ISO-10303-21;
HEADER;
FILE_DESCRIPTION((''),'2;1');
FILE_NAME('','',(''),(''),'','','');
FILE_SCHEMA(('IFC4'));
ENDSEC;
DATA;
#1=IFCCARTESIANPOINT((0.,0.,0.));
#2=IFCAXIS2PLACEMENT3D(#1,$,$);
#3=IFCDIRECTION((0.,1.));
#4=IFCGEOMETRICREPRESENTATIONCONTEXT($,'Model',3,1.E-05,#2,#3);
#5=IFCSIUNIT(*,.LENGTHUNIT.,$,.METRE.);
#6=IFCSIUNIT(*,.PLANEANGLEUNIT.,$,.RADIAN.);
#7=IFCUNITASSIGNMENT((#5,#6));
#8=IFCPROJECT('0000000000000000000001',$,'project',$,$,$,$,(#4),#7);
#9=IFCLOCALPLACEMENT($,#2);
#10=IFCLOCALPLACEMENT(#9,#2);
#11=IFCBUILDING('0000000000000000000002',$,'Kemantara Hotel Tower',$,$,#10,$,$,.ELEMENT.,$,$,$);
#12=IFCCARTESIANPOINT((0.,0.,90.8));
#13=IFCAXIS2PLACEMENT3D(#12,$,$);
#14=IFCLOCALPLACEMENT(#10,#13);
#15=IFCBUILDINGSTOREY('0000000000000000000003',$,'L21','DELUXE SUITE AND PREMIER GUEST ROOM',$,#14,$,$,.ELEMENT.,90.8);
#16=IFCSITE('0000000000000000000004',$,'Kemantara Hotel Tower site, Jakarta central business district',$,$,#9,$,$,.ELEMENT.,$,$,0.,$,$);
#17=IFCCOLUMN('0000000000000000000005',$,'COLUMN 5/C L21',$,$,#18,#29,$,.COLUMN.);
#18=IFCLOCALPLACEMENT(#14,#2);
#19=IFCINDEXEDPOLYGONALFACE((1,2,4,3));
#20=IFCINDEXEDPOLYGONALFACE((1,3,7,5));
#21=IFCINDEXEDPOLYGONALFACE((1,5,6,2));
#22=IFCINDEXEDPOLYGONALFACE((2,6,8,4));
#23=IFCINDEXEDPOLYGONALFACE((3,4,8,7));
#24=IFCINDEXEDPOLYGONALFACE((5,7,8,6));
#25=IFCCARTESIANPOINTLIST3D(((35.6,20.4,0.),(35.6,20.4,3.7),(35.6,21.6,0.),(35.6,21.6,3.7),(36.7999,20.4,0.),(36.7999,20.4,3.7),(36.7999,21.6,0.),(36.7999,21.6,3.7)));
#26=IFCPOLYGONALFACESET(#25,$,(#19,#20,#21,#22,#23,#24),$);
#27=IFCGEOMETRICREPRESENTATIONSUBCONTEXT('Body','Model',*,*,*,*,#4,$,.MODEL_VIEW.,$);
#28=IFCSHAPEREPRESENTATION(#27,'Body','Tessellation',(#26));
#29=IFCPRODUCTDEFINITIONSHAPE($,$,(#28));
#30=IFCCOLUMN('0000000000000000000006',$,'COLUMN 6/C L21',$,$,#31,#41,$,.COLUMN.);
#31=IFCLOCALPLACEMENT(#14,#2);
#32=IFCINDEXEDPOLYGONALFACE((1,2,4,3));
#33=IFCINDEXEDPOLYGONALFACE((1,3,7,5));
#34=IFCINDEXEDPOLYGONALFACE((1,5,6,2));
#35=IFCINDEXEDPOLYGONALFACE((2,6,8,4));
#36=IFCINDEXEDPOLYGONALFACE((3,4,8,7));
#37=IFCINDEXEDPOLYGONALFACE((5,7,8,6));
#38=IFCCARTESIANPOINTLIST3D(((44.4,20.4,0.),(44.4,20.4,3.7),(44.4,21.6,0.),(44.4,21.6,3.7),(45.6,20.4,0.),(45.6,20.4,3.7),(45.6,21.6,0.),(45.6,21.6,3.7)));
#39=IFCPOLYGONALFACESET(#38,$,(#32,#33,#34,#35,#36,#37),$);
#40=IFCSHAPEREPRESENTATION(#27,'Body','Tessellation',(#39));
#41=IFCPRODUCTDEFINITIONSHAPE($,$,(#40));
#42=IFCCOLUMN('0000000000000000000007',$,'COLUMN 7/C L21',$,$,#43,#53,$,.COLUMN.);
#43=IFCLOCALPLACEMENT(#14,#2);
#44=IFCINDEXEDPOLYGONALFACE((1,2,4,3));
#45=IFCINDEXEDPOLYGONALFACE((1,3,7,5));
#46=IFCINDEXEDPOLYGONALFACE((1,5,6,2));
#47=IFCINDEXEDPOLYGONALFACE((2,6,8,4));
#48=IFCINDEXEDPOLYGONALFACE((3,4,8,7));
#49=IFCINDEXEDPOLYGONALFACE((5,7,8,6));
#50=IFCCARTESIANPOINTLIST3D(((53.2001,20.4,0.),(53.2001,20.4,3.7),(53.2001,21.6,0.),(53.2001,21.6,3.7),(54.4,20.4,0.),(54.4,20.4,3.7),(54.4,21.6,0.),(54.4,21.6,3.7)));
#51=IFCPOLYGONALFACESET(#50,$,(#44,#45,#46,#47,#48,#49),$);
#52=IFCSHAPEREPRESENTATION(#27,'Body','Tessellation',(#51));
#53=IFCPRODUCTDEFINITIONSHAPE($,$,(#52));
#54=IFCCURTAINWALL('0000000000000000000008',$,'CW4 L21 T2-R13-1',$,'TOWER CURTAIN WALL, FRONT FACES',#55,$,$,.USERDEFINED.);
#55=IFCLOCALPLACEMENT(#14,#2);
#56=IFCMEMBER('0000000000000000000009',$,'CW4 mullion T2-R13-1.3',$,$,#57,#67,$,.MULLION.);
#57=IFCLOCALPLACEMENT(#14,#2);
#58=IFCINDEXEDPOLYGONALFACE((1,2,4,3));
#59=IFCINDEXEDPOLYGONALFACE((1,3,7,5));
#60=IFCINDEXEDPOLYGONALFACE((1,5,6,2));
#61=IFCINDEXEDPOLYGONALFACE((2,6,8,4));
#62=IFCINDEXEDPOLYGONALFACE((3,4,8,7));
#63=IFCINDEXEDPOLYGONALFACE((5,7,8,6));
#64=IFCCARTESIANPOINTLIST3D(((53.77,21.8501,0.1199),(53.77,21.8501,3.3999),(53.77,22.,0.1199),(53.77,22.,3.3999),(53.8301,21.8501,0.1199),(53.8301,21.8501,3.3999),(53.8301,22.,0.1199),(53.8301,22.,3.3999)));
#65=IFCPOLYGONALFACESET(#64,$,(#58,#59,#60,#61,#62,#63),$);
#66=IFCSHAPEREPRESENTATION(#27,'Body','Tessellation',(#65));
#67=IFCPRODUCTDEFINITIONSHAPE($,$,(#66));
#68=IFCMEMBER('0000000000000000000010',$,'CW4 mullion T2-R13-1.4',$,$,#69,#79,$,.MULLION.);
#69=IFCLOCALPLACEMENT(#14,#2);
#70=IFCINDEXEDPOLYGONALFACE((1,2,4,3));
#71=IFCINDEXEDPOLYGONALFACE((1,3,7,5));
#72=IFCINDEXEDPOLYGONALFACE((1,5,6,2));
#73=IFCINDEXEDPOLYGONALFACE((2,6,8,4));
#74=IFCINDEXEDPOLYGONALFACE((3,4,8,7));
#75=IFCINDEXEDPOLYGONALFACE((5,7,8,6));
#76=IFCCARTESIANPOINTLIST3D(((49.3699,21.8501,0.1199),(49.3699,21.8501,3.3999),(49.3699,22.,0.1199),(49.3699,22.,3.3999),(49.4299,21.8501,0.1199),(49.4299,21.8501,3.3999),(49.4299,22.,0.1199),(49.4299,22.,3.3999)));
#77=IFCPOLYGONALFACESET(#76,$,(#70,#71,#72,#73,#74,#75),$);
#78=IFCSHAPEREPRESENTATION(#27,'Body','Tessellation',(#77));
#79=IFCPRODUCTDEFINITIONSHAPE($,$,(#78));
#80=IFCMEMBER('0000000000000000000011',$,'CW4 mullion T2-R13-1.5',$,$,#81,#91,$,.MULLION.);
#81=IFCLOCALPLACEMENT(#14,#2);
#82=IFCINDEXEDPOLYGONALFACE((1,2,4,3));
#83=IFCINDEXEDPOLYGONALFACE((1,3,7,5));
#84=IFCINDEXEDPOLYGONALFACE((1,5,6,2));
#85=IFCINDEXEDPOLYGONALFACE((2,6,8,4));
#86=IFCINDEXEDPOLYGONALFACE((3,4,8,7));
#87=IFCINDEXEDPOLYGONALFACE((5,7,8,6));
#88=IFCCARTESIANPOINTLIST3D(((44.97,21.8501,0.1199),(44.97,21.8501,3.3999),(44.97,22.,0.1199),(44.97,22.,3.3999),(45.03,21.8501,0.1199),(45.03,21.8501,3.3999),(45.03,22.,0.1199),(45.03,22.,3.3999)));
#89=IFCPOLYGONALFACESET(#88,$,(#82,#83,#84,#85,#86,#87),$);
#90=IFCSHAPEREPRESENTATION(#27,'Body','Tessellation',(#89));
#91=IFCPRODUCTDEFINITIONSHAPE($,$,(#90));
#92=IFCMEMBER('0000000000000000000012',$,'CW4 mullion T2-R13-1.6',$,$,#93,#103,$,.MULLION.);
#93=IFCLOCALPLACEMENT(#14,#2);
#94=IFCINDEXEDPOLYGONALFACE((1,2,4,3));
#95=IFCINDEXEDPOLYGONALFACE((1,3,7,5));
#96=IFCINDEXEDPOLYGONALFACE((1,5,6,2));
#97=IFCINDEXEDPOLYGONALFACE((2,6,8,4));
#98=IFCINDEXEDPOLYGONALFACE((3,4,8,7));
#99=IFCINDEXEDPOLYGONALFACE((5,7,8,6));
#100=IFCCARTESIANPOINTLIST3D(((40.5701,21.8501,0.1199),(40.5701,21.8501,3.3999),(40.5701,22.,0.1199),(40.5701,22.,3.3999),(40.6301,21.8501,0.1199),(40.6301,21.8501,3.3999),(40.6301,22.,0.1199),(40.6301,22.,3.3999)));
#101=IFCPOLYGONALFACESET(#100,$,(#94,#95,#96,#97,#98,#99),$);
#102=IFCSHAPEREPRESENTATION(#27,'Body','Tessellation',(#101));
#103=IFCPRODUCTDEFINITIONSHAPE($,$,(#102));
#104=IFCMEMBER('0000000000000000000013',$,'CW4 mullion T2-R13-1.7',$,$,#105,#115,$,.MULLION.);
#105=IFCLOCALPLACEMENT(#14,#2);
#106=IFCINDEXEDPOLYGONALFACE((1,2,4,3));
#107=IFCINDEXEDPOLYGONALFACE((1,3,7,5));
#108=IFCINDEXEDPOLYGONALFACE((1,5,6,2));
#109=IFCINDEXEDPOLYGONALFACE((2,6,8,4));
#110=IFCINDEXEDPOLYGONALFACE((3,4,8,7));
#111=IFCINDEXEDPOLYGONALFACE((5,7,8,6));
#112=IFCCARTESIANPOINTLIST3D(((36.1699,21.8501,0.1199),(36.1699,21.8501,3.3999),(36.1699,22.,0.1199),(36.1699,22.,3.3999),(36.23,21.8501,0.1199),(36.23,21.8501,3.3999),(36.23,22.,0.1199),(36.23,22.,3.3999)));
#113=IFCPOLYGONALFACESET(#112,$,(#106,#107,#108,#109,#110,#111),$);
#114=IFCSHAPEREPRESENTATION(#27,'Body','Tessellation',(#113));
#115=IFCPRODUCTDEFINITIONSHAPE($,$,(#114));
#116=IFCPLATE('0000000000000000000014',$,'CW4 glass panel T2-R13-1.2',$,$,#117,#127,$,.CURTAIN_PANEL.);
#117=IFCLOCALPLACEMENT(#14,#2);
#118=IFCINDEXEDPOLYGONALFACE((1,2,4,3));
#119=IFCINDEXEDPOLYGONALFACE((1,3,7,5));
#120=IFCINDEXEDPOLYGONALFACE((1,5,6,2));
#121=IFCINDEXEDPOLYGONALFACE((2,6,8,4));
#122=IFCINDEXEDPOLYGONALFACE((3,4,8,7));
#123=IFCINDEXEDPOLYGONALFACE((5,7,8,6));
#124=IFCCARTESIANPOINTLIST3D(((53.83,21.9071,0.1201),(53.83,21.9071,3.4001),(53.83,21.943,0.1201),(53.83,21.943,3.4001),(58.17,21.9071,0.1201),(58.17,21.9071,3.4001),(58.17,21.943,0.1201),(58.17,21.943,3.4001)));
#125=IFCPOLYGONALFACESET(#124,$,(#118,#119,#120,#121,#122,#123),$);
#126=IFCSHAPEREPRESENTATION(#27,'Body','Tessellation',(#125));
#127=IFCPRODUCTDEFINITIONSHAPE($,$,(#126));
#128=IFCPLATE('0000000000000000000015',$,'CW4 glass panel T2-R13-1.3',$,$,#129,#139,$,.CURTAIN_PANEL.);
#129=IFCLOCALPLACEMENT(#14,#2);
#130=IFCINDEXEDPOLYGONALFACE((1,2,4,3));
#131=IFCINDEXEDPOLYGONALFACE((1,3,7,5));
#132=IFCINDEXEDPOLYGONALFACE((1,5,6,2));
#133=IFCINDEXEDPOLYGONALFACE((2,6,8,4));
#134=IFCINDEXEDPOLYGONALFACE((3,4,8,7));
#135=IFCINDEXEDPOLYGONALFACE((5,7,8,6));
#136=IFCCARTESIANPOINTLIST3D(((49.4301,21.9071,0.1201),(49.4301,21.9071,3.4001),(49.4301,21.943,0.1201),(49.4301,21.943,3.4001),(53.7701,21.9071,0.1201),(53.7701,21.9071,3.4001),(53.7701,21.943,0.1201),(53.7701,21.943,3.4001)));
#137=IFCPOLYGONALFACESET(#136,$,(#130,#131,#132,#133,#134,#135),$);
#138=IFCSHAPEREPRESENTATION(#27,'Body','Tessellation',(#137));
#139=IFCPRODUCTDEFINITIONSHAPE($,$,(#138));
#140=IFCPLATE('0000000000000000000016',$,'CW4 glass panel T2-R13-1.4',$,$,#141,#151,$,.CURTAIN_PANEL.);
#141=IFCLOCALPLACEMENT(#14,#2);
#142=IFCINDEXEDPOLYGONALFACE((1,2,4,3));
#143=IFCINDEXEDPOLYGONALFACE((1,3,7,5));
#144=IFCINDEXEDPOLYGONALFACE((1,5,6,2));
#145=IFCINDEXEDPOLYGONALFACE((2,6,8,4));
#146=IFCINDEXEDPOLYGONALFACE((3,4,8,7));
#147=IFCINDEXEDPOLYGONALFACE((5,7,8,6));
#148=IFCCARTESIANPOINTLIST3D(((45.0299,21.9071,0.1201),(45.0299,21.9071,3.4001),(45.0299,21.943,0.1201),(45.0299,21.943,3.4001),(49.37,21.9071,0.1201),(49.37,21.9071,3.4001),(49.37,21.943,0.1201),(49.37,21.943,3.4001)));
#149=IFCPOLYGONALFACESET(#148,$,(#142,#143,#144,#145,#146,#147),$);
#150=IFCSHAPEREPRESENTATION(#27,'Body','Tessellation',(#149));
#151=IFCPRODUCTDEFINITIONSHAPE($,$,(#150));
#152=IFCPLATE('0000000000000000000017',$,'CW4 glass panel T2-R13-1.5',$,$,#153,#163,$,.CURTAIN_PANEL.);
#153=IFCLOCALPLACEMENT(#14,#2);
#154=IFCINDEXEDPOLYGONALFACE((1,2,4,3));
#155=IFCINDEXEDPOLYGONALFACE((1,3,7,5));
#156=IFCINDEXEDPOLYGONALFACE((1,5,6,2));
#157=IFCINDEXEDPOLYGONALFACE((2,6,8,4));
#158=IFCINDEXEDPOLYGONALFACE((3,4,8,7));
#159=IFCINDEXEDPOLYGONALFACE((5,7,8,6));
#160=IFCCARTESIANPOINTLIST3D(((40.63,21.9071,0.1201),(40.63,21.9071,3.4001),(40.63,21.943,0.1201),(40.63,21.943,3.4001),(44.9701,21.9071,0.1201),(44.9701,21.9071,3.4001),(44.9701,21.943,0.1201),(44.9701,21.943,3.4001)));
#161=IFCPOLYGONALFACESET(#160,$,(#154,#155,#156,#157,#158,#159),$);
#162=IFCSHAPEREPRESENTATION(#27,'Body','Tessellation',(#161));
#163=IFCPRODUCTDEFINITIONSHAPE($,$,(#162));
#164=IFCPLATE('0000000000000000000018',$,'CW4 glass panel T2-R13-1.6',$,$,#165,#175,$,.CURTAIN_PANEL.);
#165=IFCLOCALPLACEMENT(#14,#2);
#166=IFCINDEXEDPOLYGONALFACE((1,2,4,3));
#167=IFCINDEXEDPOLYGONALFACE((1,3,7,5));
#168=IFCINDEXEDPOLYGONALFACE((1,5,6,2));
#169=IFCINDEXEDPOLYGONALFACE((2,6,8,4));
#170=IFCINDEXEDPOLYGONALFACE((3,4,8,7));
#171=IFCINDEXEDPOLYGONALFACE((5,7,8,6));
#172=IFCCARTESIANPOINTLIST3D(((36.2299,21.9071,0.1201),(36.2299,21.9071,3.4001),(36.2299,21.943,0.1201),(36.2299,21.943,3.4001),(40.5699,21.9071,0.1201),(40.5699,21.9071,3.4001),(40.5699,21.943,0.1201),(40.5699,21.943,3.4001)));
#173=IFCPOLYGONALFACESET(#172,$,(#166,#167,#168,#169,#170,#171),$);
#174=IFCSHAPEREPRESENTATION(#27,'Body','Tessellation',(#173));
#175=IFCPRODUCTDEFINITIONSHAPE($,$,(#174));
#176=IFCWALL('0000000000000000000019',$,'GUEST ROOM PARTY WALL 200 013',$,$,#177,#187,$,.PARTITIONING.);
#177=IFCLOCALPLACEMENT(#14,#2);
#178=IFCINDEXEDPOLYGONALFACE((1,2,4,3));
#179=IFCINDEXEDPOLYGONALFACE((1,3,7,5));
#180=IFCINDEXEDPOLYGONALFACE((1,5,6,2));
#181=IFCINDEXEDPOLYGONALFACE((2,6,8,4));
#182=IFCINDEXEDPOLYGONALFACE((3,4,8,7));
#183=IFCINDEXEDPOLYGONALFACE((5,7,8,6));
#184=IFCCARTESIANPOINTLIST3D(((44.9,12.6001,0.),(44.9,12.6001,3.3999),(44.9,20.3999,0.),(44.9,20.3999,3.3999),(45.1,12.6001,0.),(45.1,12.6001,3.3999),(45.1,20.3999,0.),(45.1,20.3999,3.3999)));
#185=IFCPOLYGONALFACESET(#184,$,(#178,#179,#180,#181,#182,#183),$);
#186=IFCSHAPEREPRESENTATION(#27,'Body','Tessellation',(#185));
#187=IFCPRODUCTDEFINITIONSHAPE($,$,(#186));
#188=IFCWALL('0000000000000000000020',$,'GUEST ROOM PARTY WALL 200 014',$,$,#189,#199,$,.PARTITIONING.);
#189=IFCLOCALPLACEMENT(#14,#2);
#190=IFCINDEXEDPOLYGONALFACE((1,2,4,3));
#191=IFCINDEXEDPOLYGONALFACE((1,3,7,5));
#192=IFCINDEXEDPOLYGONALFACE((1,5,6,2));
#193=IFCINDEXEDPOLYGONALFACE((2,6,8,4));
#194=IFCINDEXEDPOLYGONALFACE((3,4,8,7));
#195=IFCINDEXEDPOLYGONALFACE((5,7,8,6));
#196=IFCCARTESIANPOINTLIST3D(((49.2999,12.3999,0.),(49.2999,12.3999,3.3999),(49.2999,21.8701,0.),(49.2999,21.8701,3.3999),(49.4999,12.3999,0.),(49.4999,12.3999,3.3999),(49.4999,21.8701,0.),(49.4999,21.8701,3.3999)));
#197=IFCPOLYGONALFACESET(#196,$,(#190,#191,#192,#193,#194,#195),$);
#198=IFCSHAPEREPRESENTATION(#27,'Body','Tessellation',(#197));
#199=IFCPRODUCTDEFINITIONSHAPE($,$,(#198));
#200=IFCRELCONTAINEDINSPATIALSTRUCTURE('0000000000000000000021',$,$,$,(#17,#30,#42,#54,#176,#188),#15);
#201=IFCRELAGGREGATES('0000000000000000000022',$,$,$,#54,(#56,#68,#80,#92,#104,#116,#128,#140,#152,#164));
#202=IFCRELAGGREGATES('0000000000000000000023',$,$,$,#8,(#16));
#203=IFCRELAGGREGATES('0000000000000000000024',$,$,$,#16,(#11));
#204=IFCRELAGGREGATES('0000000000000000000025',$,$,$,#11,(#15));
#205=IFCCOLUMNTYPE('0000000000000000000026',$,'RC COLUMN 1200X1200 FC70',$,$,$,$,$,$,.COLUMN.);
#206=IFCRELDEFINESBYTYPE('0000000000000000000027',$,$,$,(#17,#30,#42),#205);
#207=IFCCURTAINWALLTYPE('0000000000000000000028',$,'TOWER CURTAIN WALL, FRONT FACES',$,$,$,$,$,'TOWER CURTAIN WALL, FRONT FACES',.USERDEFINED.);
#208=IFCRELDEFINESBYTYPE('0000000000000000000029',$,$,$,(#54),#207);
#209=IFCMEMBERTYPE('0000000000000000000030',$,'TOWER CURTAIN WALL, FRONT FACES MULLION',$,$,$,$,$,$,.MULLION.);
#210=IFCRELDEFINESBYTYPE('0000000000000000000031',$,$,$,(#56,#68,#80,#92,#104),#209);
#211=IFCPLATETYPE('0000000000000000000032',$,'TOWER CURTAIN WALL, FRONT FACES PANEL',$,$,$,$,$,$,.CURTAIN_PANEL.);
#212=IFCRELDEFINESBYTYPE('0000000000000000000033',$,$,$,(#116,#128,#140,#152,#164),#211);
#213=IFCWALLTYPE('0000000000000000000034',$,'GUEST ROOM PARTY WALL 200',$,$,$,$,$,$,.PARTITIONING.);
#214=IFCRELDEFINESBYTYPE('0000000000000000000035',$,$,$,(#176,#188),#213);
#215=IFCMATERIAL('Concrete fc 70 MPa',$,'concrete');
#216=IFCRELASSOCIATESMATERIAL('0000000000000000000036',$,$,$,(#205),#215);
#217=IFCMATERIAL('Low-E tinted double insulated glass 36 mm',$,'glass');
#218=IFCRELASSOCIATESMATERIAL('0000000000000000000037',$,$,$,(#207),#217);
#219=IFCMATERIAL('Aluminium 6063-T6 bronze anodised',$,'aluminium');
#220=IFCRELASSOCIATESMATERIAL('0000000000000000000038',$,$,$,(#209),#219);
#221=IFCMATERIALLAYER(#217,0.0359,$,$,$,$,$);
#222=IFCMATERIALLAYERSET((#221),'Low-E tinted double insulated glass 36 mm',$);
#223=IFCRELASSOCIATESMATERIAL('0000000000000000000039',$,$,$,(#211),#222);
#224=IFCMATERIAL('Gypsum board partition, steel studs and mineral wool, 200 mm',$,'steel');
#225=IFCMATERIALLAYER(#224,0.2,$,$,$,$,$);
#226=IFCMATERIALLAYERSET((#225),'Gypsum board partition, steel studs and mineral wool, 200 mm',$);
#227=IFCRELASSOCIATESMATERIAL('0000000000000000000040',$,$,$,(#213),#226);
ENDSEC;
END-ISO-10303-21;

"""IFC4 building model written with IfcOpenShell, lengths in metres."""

from ifc_helpers import new_model, si_unit, direction, frame, frame_2d, origin, origin_2d, place, context, subcontext, project, spatial, rectangle, extrude, source, transform, mapped, material, layer, layer_set, material_profile, profile_set, type_object, element, aggregate, save


model = new_model("IFC4")

# Units and contexts
model_context = context("Model", 3, precision=1e-05, world=origin(), true_north=direction((0.0, 1.0)))
body_context = subcontext(model_context, "Body", "Model", "MODEL_VIEW")
ifc_project = project(units=[si_unit("LENGTHUNIT", "METRE"), si_unit("PLANEANGLEUNIT", "RADIAN")], contexts=[model_context])

# Site, building, storey
site_placement = place(None, origin())
site = spatial("IfcSite", under=ifc_project, at=site_placement, Name="Kemantara Hotel Tower site, Jakarta central business district", CompositionType="ELEMENT", RefElevation=0.0)
building_placement = place(site_placement, origin())
building = spatial("IfcBuilding", under=site, at=building_placement, Name="Kemantara Hotel Tower", CompositionType="ELEMENT")
storey_placement = place(building_placement, frame((0.0, 0.0, 90.8)))
storey = spatial("IfcBuildingStorey", under=building, at=storey_placement, Name="L21", Description="DELUXE SUITE AND PREMIER GUEST ROOM", CompositionType="ELEMENT", Elevation=90.8)

# Columns
ifc_material_1 = material(Name="Concrete fc 70 MPa", Category="concrete")
ifc_material_profile_1 = material_profile(ifc_material_1, rectangle(XDim=1.2, YDim=1.2, at=origin_2d()), Name="RC 1200X1200")
ifc_profile_set_1 = profile_set([ifc_material_profile_1], Name="Concrete fc 70 MPa")
column_type = type_object("IfcColumnType", Name="RC COLUMN 1200X1200 FC70", PredefinedType="COLUMN", material=ifc_profile_set_1)
for number, where, z_axis, x_axis, name in (
    (1, (36.2, 21.0, 0.0), (0.0, 0.0, 1.0), (1.0, 0.0, 0.0), "COLUMN 5/C L21"),
    (2, (45.0, 21.0, 0.0), (0.0, 0.0, 1.0), (1.0, 0.0, 0.0), "COLUMN 6/C L21"),
    (3, (53.8, 21.0, 0.0), (0.0, 0.0, 1.0), (1.0, 0.0, 0.0), "COLUMN 7/C L21"),
):
    element("IfcColumn", number, at=place(storey_placement, frame(where, z_axis=z_axis, x_axis=x_axis)), inside=storey, type_object=column_type, Name=name, PredefinedType="COLUMN", context=body_context, shape_type="SweptSolid", body=[
        extrude(rectangle(XDim=1.2, YDim=1.2, at=origin_2d()), origin(), (0.0, 0.0, 1.0), 3.7),
    ])

# Curtain wall, members, plates
ifc_material_2 = material(Name="Low-E tinted double insulated glass 36 mm", Category="glass")
curtain_wall_type = type_object("IfcCurtainWallType", Name="TOWER CURTAIN WALL, FRONT FACES", ElementType="TOWER CURTAIN WALL, FRONT FACES", PredefinedType="USERDEFINED", material=ifc_material_2)
curtain_wall_placement = place(storey_placement, origin())
curtain_wall = element("IfcCurtainWall", 4, at=curtain_wall_placement, inside=storey, type_object=curtain_wall_type, Name="CW4 L21 T2-R13-1", ObjectType="TOWER CURTAIN WALL, FRONT FACES", PredefinedType="USERDEFINED")
ifc_material_3 = material(Name="Aluminium 6063-T6 bronze anodised", Category="aluminium")
ifc_material_profile_2 = material_profile(ifc_material_3, rectangle(XDim=0.1499, YDim=0.0601, at=origin_2d()), Name="TOWER CURTAIN WALL, FRONT FACES MULLION")
ifc_profile_set_2 = profile_set([ifc_material_profile_2], Name="Aluminium 6063-T6 bronze anodised")
member_type = type_object("IfcMemberType", Name="TOWER CURTAIN WALL, FRONT FACES MULLION", PredefinedType="MULLION", material=ifc_profile_set_2)
shared_shape_1 = source(origin(), body_context, "Body", "SweptSolid", [
    extrude(rectangle(XDim=0.1499, YDim=0.0601, at=origin_2d()), origin(), (0.0, 0.0, 1.0), 3.28),
])
member_1_placement = place(storey_placement, frame((53.8, 21.925, 0.1199), z_axis=(0.0, 0.0, 1.0), x_axis=(0.0, -1.0, 0.0)))
member_1 = element("IfcMember", 5, at=member_1_placement, type_object=member_type, Name="CW4 mullion T2-R13-1.3", PredefinedType="MULLION", context=body_context, shape_type="MappedRepresentation", body=[
    mapped(shared_shape_1, transform((0.0, 0.0, 0.0))),
])
member_2_placement = place(storey_placement, frame((49.3999, 21.925, 0.1199), z_axis=(0.0, 0.0, 1.0), x_axis=(0.0, -1.0, 0.0)))
member_2 = element("IfcMember", 6, at=member_2_placement, type_object=member_type, Name="CW4 mullion T2-R13-1.4", PredefinedType="MULLION", context=body_context, shape_type="MappedRepresentation", body=[
    mapped(shared_shape_1, transform((0.0, 0.0, 0.0))),
])
member_3_placement = place(storey_placement, frame((45.0, 21.925, 0.1199), z_axis=(0.0, 0.0, 1.0), x_axis=(0.0, -1.0, 0.0)))
member_3 = element("IfcMember", 7, at=member_3_placement, type_object=member_type, Name="CW4 mullion T2-R13-1.5", PredefinedType="MULLION", context=body_context, shape_type="MappedRepresentation", body=[
    mapped(shared_shape_1, transform((0.0, 0.0, 0.0))),
])
member_4_placement = place(storey_placement, frame((40.6001, 21.925, 0.1199), z_axis=(0.0, 0.0, 1.0), x_axis=(0.0, -1.0, 0.0)))
member_4 = element("IfcMember", 8, at=member_4_placement, type_object=member_type, Name="CW4 mullion T2-R13-1.6", PredefinedType="MULLION", context=body_context, shape_type="MappedRepresentation", body=[
    mapped(shared_shape_1, transform((0.0, 0.0, 0.0))),
])
member_5_placement = place(storey_placement, frame((36.2, 21.925, 0.1199), z_axis=(0.0, 0.0, 1.0), x_axis=(0.0, -1.0, 0.0)))
member_5 = element("IfcMember", 9, at=member_5_placement, type_object=member_type, Name="CW4 mullion T2-R13-1.7", PredefinedType="MULLION", context=body_context, shape_type="MappedRepresentation", body=[
    mapped(shared_shape_1, transform((0.0, 0.0, 0.0))),
])
ifc_layer_1 = layer(ifc_material_2, 0.0359)
ifc_layer_set_1 = layer_set([ifc_layer_1], Name="Low-E tinted double insulated glass 36 mm")
plate_type = type_object("IfcPlateType", Name="TOWER CURTAIN WALL, FRONT FACES PANEL", PredefinedType="CURTAIN_PANEL", material=ifc_layer_set_1)
shared_shape_2 = source(origin(), body_context, "Body", "SweptSolid", [
    extrude(rectangle(XDim=4.3401, YDim=0.0359, at=origin_2d()), origin(), (0.0, 0.0, 1.0), 3.28),
])
plate_1_placement = place(storey_placement, frame((56.0, 21.925, 0.1201), z_axis=(0.0, 0.0, 1.0), x_axis=(-1.0, 0.0, 0.0)))
plate_1 = element("IfcPlate", 10, at=plate_1_placement, type_object=plate_type, Name="CW4 glass panel T2-R13-1.2", PredefinedType="CURTAIN_PANEL", context=body_context, shape_type="MappedRepresentation", body=[
    mapped(shared_shape_2, transform((0.0, 0.0, 0.0))),
])
plate_2_placement = place(storey_placement, frame((51.6001, 21.925, 0.1201), z_axis=(0.0, 0.0, 1.0), x_axis=(-1.0, 0.0, 0.0)))
plate_2 = element("IfcPlate", 11, at=plate_2_placement, type_object=plate_type, Name="CW4 glass panel T2-R13-1.3", PredefinedType="CURTAIN_PANEL", context=body_context, shape_type="MappedRepresentation", body=[
    mapped(shared_shape_2, transform((0.0, 0.0, 0.0))),
])
plate_3_placement = place(storey_placement, frame((47.2, 21.925, 0.1201), z_axis=(0.0, 0.0, 1.0), x_axis=(-1.0, 0.0, 0.0)))
plate_3 = element("IfcPlate", 12, at=plate_3_placement, type_object=plate_type, Name="CW4 glass panel T2-R13-1.4", PredefinedType="CURTAIN_PANEL", context=body_context, shape_type="MappedRepresentation", body=[
    mapped(shared_shape_2, transform((0.0, 0.0, 0.0))),
])
plate_4_placement = place(storey_placement, frame((42.8, 21.925, 0.1201), z_axis=(0.0, 0.0, 1.0), x_axis=(-1.0, 0.0, 0.0)))
plate_4 = element("IfcPlate", 13, at=plate_4_placement, type_object=plate_type, Name="CW4 glass panel T2-R13-1.5", PredefinedType="CURTAIN_PANEL", context=body_context, shape_type="MappedRepresentation", body=[
    mapped(shared_shape_2, transform((0.0, 0.0, 0.0))),
])
plate_5_placement = place(storey_placement, frame((38.3999, 21.925, 0.1201), z_axis=(0.0, 0.0, 1.0), x_axis=(-1.0, 0.0, 0.0)))
plate_5 = element("IfcPlate", 14, at=plate_5_placement, type_object=plate_type, Name="CW4 glass panel T2-R13-1.6", PredefinedType="CURTAIN_PANEL", context=body_context, shape_type="MappedRepresentation", body=[
    mapped(shared_shape_2, transform((0.0, 0.0, 0.0))),
])
aggregate(curtain_wall, [member_1, member_2, member_3, member_4, member_5, plate_1, plate_2, plate_3, plate_4, plate_5])

# Walls
ifc_material_4 = material(Name="Gypsum board partition, steel studs and mineral wool, 200 mm", Category="steel")
ifc_layer_2 = layer(ifc_material_4, 0.2)
ifc_layer_set_2 = layer_set([ifc_layer_2], Name="Gypsum board partition, steel studs and mineral wool, 200 mm")
wall_type_1 = type_object("IfcWallType", Name="GUEST ROOM PARTY WALL 200", PredefinedType="PARTITIONING", material=ifc_layer_set_2)
wall_1_placement = place(storey_placement, frame((45.0, 12.6001, 0.0), z_axis=(0.0, 0.0, 1.0), x_axis=(0.0, 1.0, 0.0)))
element("IfcWall", 15, at=wall_1_placement, inside=storey, type_object=wall_type_1, Name="GUEST ROOM PARTY WALL 200 013", PredefinedType="PARTITIONING", context=body_context, shape_type="SweptSolid", body=[
    extrude(rectangle(XDim=7.7998, YDim=0.2, at=frame_2d((3.8999, 0.0))), origin(), (0.0, 0.0, 1.0), 3.3999),
])
wall_2_placement = place(storey_placement, frame((49.3999, 12.3999, 0.0), z_axis=(0.0, 0.0, 1.0), x_axis=(0.0, 1.0, 0.0)))
element("IfcWall", 16, at=wall_2_placement, inside=storey, type_object=wall_type_1, Name="GUEST ROOM PARTY WALL 200 014", PredefinedType="PARTITIONING", context=body_context, shape_type="SweptSolid", body=[
    extrude(rectangle(XDim=9.4702, YDim=0.2, at=frame_2d((4.7351, 0.0))), origin(), (0.0, 0.0, 1.0), 3.3999),
])

save(model, "model.ifc")
